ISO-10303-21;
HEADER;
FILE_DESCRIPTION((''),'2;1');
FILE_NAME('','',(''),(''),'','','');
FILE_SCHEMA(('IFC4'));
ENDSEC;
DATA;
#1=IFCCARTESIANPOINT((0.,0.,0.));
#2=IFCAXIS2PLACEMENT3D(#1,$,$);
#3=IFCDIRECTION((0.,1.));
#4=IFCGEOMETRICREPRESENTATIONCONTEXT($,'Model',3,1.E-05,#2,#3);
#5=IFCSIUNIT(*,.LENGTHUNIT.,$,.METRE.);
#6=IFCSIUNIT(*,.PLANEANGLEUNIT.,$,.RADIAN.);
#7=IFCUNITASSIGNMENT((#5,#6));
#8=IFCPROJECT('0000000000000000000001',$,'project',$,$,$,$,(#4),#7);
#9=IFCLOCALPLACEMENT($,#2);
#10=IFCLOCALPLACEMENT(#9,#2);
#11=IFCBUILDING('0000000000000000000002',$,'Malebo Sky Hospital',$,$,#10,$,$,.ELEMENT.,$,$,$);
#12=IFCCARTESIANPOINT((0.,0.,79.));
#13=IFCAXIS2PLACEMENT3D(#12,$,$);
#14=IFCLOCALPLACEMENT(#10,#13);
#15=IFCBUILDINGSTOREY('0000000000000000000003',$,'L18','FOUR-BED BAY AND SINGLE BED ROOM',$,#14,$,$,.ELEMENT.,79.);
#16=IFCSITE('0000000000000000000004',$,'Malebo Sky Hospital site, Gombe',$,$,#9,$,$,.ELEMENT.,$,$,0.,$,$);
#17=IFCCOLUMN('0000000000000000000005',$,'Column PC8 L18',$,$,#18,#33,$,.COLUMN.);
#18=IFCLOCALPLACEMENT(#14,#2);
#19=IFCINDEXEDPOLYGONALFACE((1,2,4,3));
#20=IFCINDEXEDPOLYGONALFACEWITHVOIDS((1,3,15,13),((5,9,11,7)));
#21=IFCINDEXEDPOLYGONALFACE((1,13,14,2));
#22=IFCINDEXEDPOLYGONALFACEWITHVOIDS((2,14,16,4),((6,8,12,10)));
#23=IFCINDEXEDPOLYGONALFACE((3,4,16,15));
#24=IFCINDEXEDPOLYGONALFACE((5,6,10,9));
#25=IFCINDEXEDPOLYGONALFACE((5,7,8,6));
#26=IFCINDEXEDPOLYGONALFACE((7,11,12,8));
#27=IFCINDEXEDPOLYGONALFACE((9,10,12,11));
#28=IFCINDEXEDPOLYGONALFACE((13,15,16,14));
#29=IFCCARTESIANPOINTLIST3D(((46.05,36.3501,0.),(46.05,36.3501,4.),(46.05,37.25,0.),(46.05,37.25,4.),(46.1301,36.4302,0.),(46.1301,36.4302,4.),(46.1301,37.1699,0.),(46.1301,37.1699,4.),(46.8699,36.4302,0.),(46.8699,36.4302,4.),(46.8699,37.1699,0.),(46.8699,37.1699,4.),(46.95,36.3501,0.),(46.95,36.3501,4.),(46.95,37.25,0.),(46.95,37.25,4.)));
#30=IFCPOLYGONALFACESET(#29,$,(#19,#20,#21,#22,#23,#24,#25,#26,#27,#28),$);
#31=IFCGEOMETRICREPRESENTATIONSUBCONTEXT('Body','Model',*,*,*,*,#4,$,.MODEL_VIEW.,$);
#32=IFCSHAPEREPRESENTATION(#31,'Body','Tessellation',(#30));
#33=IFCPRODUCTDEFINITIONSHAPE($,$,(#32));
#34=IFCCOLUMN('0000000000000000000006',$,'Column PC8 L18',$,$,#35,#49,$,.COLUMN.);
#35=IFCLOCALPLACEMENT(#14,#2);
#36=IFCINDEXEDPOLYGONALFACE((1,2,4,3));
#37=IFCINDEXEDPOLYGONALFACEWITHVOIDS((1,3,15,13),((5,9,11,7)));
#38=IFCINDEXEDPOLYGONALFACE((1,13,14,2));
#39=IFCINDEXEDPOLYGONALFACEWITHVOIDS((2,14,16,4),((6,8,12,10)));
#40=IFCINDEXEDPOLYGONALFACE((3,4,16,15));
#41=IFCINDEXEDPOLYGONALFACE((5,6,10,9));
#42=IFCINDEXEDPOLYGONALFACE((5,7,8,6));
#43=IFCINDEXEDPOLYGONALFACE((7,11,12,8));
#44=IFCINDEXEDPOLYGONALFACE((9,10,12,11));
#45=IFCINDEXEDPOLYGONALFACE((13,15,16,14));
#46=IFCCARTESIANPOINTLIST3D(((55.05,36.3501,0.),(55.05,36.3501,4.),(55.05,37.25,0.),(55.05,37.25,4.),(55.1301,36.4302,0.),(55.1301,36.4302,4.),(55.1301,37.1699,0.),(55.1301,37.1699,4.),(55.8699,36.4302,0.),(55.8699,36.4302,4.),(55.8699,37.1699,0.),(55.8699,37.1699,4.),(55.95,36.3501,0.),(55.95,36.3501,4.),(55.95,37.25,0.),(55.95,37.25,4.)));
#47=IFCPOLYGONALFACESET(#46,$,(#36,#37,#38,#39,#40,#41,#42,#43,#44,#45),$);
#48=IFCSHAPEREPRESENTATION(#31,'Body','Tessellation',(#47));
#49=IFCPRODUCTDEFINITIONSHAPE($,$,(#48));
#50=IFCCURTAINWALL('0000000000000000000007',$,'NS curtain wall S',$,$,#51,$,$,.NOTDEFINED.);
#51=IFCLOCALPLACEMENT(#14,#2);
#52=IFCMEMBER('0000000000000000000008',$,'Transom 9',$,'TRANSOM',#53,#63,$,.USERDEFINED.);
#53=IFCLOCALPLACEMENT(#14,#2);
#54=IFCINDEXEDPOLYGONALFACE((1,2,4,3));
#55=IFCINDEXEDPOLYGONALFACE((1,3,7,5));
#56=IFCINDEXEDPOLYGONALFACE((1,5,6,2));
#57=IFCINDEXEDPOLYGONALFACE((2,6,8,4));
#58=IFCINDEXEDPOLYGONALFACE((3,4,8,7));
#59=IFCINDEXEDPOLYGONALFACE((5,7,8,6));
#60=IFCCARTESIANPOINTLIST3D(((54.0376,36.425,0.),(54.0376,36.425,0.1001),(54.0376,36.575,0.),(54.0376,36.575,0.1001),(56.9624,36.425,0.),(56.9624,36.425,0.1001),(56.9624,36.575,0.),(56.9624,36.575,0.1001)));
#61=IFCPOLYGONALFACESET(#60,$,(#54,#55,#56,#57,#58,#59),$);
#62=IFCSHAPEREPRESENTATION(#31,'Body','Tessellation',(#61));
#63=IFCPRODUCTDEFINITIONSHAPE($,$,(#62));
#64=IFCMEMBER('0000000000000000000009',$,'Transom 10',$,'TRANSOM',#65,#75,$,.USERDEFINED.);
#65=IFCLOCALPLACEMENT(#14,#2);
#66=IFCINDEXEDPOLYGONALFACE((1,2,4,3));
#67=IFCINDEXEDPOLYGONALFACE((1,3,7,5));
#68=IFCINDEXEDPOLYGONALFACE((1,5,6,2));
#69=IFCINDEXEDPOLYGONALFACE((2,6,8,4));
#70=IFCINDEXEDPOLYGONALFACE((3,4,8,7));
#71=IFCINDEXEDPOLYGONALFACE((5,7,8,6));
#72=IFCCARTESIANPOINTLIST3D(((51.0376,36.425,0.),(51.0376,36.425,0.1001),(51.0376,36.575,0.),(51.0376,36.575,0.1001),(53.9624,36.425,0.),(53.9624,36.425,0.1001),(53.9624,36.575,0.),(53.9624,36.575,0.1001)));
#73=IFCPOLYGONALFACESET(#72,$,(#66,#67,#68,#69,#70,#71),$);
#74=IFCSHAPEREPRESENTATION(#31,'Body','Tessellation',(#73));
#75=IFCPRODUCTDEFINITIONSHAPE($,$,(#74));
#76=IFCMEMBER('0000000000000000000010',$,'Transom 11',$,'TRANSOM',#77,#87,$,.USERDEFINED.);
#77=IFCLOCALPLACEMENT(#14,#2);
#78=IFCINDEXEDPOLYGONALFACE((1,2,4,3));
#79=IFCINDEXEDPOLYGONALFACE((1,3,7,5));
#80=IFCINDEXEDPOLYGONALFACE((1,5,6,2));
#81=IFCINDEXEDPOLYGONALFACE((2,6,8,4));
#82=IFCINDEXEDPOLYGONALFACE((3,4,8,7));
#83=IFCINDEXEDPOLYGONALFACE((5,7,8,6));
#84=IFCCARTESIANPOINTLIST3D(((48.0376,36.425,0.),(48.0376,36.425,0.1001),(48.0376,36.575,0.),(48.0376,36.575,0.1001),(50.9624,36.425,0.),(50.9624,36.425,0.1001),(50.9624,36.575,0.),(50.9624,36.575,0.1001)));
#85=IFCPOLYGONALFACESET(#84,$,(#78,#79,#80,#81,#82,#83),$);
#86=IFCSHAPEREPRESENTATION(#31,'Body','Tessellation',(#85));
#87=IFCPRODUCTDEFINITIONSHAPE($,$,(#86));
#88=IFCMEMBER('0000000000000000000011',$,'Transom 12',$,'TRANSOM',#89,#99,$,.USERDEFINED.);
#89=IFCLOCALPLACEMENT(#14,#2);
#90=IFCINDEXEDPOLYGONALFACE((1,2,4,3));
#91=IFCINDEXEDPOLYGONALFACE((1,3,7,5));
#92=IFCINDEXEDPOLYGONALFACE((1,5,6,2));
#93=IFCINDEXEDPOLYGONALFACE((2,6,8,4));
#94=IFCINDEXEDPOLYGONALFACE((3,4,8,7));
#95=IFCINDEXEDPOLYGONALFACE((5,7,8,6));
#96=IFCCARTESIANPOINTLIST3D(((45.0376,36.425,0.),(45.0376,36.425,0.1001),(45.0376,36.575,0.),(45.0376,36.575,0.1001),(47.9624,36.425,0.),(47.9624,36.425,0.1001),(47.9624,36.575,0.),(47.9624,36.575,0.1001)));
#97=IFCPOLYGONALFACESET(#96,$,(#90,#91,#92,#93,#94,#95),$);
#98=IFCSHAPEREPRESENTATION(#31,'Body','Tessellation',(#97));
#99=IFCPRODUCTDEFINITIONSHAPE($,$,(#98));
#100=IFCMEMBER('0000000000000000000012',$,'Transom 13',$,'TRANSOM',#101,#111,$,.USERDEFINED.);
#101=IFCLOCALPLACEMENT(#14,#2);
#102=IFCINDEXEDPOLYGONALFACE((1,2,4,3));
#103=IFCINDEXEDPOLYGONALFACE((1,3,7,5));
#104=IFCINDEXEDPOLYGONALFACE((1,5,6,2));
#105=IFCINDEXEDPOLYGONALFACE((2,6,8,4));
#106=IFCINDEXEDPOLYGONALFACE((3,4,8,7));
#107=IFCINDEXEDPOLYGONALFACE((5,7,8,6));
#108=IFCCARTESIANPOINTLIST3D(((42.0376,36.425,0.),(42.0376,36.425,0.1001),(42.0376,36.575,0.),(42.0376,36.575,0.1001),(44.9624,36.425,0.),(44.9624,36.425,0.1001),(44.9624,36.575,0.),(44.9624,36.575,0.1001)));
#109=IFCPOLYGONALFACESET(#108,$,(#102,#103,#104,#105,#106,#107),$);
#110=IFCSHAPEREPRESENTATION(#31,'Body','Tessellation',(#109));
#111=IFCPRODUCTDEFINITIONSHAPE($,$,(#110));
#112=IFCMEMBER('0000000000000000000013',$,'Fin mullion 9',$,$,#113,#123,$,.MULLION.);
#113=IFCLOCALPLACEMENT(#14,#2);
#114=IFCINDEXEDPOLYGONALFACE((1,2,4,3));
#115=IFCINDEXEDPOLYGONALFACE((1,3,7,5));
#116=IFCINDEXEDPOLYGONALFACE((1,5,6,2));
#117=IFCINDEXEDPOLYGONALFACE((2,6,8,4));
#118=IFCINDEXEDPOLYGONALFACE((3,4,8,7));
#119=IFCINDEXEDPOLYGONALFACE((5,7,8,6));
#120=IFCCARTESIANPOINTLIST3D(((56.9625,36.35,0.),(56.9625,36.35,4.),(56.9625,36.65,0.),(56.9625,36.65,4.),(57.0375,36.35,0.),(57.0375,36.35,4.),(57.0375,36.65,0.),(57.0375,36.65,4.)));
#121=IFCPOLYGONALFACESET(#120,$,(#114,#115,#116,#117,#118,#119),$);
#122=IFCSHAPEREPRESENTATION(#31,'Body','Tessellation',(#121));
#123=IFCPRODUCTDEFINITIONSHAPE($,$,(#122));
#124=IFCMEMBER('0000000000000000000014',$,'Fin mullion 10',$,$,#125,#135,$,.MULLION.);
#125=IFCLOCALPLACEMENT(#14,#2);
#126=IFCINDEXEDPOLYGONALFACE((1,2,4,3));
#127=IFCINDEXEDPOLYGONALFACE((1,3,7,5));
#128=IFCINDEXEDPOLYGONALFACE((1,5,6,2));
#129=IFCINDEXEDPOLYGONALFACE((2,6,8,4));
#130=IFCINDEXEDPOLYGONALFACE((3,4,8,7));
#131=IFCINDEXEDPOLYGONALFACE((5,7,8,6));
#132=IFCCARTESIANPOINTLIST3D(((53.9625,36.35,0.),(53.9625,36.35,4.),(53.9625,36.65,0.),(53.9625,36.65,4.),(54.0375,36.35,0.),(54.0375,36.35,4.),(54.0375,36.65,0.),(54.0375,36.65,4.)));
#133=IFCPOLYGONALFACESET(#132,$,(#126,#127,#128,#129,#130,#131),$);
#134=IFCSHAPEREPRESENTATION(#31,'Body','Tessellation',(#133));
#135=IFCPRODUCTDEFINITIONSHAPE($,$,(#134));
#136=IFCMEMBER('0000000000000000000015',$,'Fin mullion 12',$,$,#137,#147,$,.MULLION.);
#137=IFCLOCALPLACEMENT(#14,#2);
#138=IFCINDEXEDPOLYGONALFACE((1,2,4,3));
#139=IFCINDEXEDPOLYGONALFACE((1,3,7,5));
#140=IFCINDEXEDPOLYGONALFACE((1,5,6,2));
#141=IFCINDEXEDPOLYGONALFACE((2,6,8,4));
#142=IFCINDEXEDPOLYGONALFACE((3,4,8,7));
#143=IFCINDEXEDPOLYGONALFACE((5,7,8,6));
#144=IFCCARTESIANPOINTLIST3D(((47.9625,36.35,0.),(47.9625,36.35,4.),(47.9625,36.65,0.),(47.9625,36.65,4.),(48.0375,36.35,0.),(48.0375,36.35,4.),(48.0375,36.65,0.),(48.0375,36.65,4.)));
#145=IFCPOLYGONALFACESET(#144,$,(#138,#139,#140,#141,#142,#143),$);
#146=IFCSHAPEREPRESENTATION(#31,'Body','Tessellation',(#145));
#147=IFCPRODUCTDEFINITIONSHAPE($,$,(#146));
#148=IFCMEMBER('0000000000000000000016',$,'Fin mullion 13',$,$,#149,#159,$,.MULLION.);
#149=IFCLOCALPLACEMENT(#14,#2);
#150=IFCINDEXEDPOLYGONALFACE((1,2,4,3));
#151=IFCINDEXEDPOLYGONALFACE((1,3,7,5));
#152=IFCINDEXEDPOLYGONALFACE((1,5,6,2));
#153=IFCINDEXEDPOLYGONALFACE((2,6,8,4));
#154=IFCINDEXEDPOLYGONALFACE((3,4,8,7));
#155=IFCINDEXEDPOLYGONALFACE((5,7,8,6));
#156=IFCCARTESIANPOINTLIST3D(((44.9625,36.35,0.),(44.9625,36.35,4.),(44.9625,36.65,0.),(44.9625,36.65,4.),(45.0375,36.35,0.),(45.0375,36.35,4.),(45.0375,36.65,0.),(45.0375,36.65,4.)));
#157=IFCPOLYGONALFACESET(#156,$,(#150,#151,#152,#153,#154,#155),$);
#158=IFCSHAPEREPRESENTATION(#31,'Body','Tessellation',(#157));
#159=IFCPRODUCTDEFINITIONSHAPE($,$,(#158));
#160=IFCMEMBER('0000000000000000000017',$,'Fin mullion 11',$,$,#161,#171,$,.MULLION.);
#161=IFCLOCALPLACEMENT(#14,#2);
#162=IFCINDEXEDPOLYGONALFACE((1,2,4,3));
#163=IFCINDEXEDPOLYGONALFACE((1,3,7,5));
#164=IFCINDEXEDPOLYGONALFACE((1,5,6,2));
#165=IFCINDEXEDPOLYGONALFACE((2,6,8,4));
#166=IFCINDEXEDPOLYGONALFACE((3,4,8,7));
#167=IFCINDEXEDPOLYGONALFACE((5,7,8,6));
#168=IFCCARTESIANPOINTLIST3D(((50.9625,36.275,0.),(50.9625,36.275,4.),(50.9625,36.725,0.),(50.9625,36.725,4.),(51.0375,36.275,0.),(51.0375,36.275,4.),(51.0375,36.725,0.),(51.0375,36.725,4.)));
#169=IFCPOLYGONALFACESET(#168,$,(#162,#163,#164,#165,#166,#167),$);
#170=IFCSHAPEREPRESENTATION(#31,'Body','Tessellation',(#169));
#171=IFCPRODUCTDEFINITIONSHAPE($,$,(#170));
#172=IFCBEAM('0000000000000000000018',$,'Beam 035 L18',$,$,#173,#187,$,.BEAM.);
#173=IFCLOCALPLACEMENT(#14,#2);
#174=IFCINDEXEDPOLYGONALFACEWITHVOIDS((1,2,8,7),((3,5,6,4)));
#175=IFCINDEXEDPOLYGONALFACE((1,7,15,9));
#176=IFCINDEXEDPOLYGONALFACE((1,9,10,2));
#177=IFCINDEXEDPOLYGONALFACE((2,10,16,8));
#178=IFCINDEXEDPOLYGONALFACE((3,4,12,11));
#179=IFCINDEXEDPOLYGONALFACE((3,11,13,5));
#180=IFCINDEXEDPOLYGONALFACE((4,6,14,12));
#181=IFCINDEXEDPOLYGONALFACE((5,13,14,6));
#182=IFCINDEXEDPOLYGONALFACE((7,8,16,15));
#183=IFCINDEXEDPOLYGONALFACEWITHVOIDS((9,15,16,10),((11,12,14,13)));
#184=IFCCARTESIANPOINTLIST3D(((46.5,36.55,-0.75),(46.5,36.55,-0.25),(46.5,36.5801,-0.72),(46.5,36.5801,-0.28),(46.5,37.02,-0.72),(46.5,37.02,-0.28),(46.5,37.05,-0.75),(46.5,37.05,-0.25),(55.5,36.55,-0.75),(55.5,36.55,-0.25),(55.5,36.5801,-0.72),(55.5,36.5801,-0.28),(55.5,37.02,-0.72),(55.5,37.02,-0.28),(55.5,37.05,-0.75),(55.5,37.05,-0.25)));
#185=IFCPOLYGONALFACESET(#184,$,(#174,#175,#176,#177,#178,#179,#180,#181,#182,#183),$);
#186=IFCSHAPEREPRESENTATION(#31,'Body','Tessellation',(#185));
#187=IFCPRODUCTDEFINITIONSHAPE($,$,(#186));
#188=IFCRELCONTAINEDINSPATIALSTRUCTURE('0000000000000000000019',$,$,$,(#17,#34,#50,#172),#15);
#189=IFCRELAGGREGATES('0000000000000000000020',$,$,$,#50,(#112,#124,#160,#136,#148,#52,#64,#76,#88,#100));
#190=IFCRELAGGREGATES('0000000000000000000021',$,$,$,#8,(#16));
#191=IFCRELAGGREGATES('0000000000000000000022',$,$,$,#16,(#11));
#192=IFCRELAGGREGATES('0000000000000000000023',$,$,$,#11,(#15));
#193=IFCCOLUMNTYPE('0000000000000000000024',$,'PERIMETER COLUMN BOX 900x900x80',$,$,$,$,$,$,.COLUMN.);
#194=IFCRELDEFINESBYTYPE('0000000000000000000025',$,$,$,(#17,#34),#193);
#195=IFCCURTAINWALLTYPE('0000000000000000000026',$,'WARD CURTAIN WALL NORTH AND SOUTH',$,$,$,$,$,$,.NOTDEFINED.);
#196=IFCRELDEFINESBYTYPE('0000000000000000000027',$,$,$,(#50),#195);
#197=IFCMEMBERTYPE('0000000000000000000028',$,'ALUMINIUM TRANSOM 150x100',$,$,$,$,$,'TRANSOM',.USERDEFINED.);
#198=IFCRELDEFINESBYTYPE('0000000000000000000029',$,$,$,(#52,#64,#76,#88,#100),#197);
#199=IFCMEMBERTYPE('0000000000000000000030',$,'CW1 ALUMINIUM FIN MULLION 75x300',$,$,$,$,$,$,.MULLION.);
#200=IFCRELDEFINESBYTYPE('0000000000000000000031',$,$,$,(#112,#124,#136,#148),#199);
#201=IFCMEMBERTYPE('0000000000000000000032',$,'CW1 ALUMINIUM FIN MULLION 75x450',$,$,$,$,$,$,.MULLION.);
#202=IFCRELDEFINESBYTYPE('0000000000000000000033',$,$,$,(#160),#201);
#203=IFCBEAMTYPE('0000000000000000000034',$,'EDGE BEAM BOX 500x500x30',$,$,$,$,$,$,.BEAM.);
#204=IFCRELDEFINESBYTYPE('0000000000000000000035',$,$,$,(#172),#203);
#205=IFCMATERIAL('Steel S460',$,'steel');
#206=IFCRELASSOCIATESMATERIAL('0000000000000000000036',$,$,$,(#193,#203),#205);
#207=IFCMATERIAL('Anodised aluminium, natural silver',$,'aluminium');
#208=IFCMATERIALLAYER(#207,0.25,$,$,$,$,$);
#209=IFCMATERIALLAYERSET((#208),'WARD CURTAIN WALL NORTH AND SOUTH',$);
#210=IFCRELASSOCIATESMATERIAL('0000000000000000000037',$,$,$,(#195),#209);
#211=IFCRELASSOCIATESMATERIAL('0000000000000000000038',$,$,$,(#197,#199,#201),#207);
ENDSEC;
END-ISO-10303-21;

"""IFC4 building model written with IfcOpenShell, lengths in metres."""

from ifc_helpers import new_model, si_unit, direction, frame, origin, origin_2d, place, context, subcontext, project, spatial, rectangle, hollow_rectangle, extrude, material, layer, layer_set, material_profile, profile_set, type_object, element, aggregate, save


model = new_model("IFC4")

# Units and contexts
model_context = context("Model", 3, precision=1e-05, world=origin(), true_north=direction((0.0, 1.0)))
body_context = subcontext(model_context, "Body", "Model", "MODEL_VIEW")
ifc_project = project(units=[si_unit("LENGTHUNIT", "METRE"), si_unit("PLANEANGLEUNIT", "RADIAN")], contexts=[model_context])

# Site, building, storey
site_placement = place(None, origin())
site = spatial("IfcSite", under=ifc_project, at=site_placement, Name="Malebo Sky Hospital site, Gombe", CompositionType="ELEMENT", RefElevation=0.0)
building_placement = place(site_placement, origin())
building = spatial("IfcBuilding", under=site, at=building_placement, Name="Malebo Sky Hospital", CompositionType="ELEMENT")
storey_placement = place(building_placement, frame((0.0, 0.0, 79.0)))
storey = spatial("IfcBuildingStorey", under=building, at=storey_placement, Name="L18", Description="FOUR-BED BAY AND SINGLE BED ROOM", CompositionType="ELEMENT", Elevation=79.0)

# Columns
ifc_material_1 = material(Name="Steel S460", Category="steel")
ifc_material_profile_1 = material_profile(ifc_material_1, hollow_rectangle(XDim=0.8999, YDim=0.8999, WallThickness=0.0801, at=origin_2d()), Name="BOX 900x900x80")
ifc_profile_set_1 = profile_set([ifc_material_profile_1], Name="Steel S460")
column_type = type_object("IfcColumnType", Name="PERIMETER COLUMN BOX 900x900x80", PredefinedType="COLUMN", material=ifc_profile_set_1)
for number, where, z_axis, x_axis, name in (
    (1, (46.5, 36.8, 0.0), (0.0, 0.0, 1.0), (1.0, 0.0, 0.0), "Column PC8 L18"),
    (2, (55.5, 36.8, 0.0), (0.0, 0.0, 1.0), (1.0, 0.0, 0.0), "Column PC8 L18"),
):
    element("IfcColumn", number, at=place(storey_placement, frame(where, z_axis=z_axis, x_axis=x_axis)), inside=storey, type_object=column_type, Name=name, PredefinedType="COLUMN", context=body_context, shape_type="SweptSolid", body=[
        extrude(hollow_rectangle(XDim=0.8999, YDim=0.8999, WallThickness=0.0801, at=origin_2d()), origin(), (0.0, 0.0, 1.0), 4.0),
    ])

# Curtain wall, members
ifc_material_2 = material(Name="Anodised aluminium, natural silver", Category="aluminium")
ifc_layer_1 = layer(ifc_material_2, 0.25)
ifc_layer_set_1 = layer_set([ifc_layer_1], Name="WARD CURTAIN WALL NORTH AND SOUTH")
curtain_wall_type = type_object("IfcCurtainWallType", Name="WARD CURTAIN WALL NORTH AND SOUTH", PredefinedType="NOTDEFINED", material=ifc_layer_set_1)
curtain_wall_placement = place(storey_placement, origin())
curtain_wall = element("IfcCurtainWall", 3, at=curtain_wall_placement, inside=storey, type_object=curtain_wall_type, Name="NS curtain wall S", PredefinedType="NOTDEFINED")
ifc_material_profile_2 = material_profile(ifc_material_2, rectangle(XDim=0.1499, YDim=0.1001, at=origin_2d()), Name="ALUMINIUM TRANSOM 150x100")
ifc_profile_set_2 = profile_set([ifc_material_profile_2], Name="Anodised aluminium, natural silver")
member_type_1 = type_object("IfcMemberType", Name="ALUMINIUM TRANSOM 150x100", ElementType="TRANSOM", PredefinedType="USERDEFINED", material=ifc_profile_set_2)
member_1_placement = place(storey_placement, frame((56.9624, 36.5, 0.05), z_axis=(-1.0, 0.0, 0.0), x_axis=(0.0, -1.0, 0.0)))
member_1 = element("IfcMember", 4, at=member_1_placement, type_object=member_type_1, Name="Transom 9", ObjectType="TRANSOM", PredefinedType="USERDEFINED", context=body_context, shape_type="SweptSolid", body=[
    extrude(rectangle(XDim=0.1499, YDim=0.1001, at=origin_2d()), origin(), (0.0, 0.0, 1.0), 2.9248),
])
member_2_placement = place(storey_placement, frame((53.9624, 36.5, 0.05), z_axis=(-1.0, 0.0, 0.0), x_axis=(0.0, -1.0, 0.0)))
member_2 = element("IfcMember", 5, at=member_2_placement, type_object=member_type_1, Name="Transom 10", ObjectType="TRANSOM", PredefinedType="USERDEFINED", context=body_context, shape_type="SweptSolid", body=[
    extrude(rectangle(XDim=0.1499, YDim=0.1001, at=origin_2d()), origin(), (0.0, 0.0, 1.0), 2.9248),
])
member_3_placement = place(storey_placement, frame((50.9624, 36.5, 0.05), z_axis=(-1.0, 0.0, 0.0), x_axis=(0.0, -1.0, 0.0)))
member_3 = element("IfcMember", 6, at=member_3_placement, type_object=member_type_1, Name="Transom 11", ObjectType="TRANSOM", PredefinedType="USERDEFINED", context=body_context, shape_type="SweptSolid", body=[
    extrude(rectangle(XDim=0.1499, YDim=0.1001, at=origin_2d()), origin(), (0.0, 0.0, 1.0), 2.9248),
])
member_4_placement = place(storey_placement, frame((47.9624, 36.5, 0.05), z_axis=(-1.0, 0.0, 0.0), x_axis=(0.0, -1.0, 0.0)))
member_4 = element("IfcMember", 7, at=member_4_placement, type_object=member_type_1, Name="Transom 12", ObjectType="TRANSOM", PredefinedType="USERDEFINED", context=body_context, shape_type="SweptSolid", body=[
    extrude(rectangle(XDim=0.1499, YDim=0.1001, at=origin_2d()), origin(), (0.0, 0.0, 1.0), 2.9248),
])
member_5_placement = place(storey_placement, frame((44.9624, 36.5, 0.05), z_axis=(-1.0, 0.0, 0.0), x_axis=(0.0, -1.0, 0.0)))
member_5 = element("IfcMember", 8, at=member_5_placement, type_object=member_type_1, Name="Transom 13", ObjectType="TRANSOM", PredefinedType="USERDEFINED", context=body_context, shape_type="SweptSolid", body=[
    extrude(rectangle(XDim=0.1499, YDim=0.1001, at=origin_2d()), origin(), (0.0, 0.0, 1.0), 2.9248),
])
ifc_material_profile_3 = material_profile(ifc_material_2, rectangle(XDim=0.075, YDim=0.3, at=origin_2d()), Name="CW1 ALUMINIUM FIN MULLION 75x300")
ifc_profile_set_3 = profile_set([ifc_material_profile_3], Name="Anodised aluminium, natural silver")
member_type_2 = type_object("IfcMemberType", Name="CW1 ALUMINIUM FIN MULLION 75x300", PredefinedType="MULLION", material=ifc_profile_set_3)
member_6_placement = place(storey_placement, frame((57.0, 36.5, 0.0), z_axis=(0.0, 0.0, 1.0), x_axis=(-1.0, 0.0, 0.0)))
member_6 = element("IfcMember", 9, at=member_6_placement, type_object=member_type_2, Name="Fin mullion 9", PredefinedType="MULLION", context=body_context, shape_type="SweptSolid", body=[
    extrude(rectangle(XDim=0.075, YDim=0.3, at=origin_2d()), origin(), (0.0, 0.0, 1.0), 4.0),
])
member_7_placement = place(storey_placement, frame((54.0, 36.5, 0.0), z_axis=(0.0, 0.0, 1.0), x_axis=(-1.0, 0.0, 0.0)))
member_7 = element("IfcMember", 10, at=member_7_placement, type_object=member_type_2, Name="Fin mullion 10", PredefinedType="MULLION", context=body_context, shape_type="SweptSolid", body=[
    extrude(rectangle(XDim=0.075, YDim=0.3, at=origin_2d()), origin(), (0.0, 0.0, 1.0), 4.0),
])
member_8_placement = place(storey_placement, frame((48.0, 36.5, 0.0), z_axis=(0.0, 0.0, 1.0), x_axis=(-1.0, 0.0, 0.0)))
member_8 = element("IfcMember", 11, at=member_8_placement, type_object=member_type_2, Name="Fin mullion 12", PredefinedType="MULLION", context=body_context, shape_type="SweptSolid", body=[
    extrude(rectangle(XDim=0.075, YDim=0.3, at=origin_2d()), origin(), (0.0, 0.0, 1.0), 4.0),
])
member_9_placement = place(storey_placement, frame((45.0, 36.5, 0.0), z_axis=(0.0, 0.0, 1.0), x_axis=(-1.0, 0.0, 0.0)))
member_9 = element("IfcMember", 12, at=member_9_placement, type_object=member_type_2, Name="Fin mullion 13", PredefinedType="MULLION", context=body_context, shape_type="SweptSolid", body=[
    extrude(rectangle(XDim=0.075, YDim=0.3, at=origin_2d()), origin(), (0.0, 0.0, 1.0), 4.0),
])
ifc_material_profile_4 = material_profile(ifc_material_2, rectangle(XDim=0.075, YDim=0.45, at=origin_2d()), Name="CW1 ALUMINIUM FIN MULLION 75x450")
ifc_profile_set_4 = profile_set([ifc_material_profile_4], Name="Anodised aluminium, natural silver")
member_type_3 = type_object("IfcMemberType", Name="CW1 ALUMINIUM FIN MULLION 75x450", PredefinedType="MULLION", material=ifc_profile_set_4)
member_10_placement = place(storey_placement, frame((51.0, 36.5, 0.0), z_axis=(0.0, 0.0, 1.0), x_axis=(-1.0, 0.0, 0.0)))
member_10 = element("IfcMember", 13, at=member_10_placement, type_object=member_type_3, Name="Fin mullion 11", PredefinedType="MULLION", context=body_context, shape_type="SweptSolid", body=[
    extrude(rectangle(XDim=0.075, YDim=0.45, at=origin_2d()), origin(), (0.0, 0.0, 1.0), 4.0),
])

# Beam
ifc_material_profile_5 = material_profile(ifc_material_1, hollow_rectangle(XDim=0.5, YDim=0.5, WallThickness=0.03, at=origin_2d()), Name="BOX 500x500x30")
ifc_profile_set_5 = profile_set([ifc_material_profile_5], Name="Steel S460")
beam_type_1 = type_object("IfcBeamType", Name="EDGE BEAM BOX 500x500x30", PredefinedType="BEAM", material=ifc_profile_set_5)
for number, where, z_axis, x_axis, name in (
    (14, (46.5, 36.8, -0.5), (1.0, 0.0, 0.0), (0.0, 1.0, 0.0), "Beam 035 L18"),
):
    element("IfcBeam", number, at=place(storey_placement, frame(where, z_axis=z_axis, x_axis=x_axis)), inside=storey, type_object=beam_type_1, Name=name, PredefinedType="BEAM", context=body_context, shape_type="SweptSolid", body=[
        extrude(hollow_rectangle(XDim=0.5, YDim=0.5, WallThickness=0.03, at=origin_2d()), origin(), (0.0, 0.0, 1.0), 9.0),
    ])

aggregate(curtain_wall, [member_6, member_7, member_10, member_8, member_9, member_1, member_2, member_3, member_4, member_5])

save(model, "model.ifc")
